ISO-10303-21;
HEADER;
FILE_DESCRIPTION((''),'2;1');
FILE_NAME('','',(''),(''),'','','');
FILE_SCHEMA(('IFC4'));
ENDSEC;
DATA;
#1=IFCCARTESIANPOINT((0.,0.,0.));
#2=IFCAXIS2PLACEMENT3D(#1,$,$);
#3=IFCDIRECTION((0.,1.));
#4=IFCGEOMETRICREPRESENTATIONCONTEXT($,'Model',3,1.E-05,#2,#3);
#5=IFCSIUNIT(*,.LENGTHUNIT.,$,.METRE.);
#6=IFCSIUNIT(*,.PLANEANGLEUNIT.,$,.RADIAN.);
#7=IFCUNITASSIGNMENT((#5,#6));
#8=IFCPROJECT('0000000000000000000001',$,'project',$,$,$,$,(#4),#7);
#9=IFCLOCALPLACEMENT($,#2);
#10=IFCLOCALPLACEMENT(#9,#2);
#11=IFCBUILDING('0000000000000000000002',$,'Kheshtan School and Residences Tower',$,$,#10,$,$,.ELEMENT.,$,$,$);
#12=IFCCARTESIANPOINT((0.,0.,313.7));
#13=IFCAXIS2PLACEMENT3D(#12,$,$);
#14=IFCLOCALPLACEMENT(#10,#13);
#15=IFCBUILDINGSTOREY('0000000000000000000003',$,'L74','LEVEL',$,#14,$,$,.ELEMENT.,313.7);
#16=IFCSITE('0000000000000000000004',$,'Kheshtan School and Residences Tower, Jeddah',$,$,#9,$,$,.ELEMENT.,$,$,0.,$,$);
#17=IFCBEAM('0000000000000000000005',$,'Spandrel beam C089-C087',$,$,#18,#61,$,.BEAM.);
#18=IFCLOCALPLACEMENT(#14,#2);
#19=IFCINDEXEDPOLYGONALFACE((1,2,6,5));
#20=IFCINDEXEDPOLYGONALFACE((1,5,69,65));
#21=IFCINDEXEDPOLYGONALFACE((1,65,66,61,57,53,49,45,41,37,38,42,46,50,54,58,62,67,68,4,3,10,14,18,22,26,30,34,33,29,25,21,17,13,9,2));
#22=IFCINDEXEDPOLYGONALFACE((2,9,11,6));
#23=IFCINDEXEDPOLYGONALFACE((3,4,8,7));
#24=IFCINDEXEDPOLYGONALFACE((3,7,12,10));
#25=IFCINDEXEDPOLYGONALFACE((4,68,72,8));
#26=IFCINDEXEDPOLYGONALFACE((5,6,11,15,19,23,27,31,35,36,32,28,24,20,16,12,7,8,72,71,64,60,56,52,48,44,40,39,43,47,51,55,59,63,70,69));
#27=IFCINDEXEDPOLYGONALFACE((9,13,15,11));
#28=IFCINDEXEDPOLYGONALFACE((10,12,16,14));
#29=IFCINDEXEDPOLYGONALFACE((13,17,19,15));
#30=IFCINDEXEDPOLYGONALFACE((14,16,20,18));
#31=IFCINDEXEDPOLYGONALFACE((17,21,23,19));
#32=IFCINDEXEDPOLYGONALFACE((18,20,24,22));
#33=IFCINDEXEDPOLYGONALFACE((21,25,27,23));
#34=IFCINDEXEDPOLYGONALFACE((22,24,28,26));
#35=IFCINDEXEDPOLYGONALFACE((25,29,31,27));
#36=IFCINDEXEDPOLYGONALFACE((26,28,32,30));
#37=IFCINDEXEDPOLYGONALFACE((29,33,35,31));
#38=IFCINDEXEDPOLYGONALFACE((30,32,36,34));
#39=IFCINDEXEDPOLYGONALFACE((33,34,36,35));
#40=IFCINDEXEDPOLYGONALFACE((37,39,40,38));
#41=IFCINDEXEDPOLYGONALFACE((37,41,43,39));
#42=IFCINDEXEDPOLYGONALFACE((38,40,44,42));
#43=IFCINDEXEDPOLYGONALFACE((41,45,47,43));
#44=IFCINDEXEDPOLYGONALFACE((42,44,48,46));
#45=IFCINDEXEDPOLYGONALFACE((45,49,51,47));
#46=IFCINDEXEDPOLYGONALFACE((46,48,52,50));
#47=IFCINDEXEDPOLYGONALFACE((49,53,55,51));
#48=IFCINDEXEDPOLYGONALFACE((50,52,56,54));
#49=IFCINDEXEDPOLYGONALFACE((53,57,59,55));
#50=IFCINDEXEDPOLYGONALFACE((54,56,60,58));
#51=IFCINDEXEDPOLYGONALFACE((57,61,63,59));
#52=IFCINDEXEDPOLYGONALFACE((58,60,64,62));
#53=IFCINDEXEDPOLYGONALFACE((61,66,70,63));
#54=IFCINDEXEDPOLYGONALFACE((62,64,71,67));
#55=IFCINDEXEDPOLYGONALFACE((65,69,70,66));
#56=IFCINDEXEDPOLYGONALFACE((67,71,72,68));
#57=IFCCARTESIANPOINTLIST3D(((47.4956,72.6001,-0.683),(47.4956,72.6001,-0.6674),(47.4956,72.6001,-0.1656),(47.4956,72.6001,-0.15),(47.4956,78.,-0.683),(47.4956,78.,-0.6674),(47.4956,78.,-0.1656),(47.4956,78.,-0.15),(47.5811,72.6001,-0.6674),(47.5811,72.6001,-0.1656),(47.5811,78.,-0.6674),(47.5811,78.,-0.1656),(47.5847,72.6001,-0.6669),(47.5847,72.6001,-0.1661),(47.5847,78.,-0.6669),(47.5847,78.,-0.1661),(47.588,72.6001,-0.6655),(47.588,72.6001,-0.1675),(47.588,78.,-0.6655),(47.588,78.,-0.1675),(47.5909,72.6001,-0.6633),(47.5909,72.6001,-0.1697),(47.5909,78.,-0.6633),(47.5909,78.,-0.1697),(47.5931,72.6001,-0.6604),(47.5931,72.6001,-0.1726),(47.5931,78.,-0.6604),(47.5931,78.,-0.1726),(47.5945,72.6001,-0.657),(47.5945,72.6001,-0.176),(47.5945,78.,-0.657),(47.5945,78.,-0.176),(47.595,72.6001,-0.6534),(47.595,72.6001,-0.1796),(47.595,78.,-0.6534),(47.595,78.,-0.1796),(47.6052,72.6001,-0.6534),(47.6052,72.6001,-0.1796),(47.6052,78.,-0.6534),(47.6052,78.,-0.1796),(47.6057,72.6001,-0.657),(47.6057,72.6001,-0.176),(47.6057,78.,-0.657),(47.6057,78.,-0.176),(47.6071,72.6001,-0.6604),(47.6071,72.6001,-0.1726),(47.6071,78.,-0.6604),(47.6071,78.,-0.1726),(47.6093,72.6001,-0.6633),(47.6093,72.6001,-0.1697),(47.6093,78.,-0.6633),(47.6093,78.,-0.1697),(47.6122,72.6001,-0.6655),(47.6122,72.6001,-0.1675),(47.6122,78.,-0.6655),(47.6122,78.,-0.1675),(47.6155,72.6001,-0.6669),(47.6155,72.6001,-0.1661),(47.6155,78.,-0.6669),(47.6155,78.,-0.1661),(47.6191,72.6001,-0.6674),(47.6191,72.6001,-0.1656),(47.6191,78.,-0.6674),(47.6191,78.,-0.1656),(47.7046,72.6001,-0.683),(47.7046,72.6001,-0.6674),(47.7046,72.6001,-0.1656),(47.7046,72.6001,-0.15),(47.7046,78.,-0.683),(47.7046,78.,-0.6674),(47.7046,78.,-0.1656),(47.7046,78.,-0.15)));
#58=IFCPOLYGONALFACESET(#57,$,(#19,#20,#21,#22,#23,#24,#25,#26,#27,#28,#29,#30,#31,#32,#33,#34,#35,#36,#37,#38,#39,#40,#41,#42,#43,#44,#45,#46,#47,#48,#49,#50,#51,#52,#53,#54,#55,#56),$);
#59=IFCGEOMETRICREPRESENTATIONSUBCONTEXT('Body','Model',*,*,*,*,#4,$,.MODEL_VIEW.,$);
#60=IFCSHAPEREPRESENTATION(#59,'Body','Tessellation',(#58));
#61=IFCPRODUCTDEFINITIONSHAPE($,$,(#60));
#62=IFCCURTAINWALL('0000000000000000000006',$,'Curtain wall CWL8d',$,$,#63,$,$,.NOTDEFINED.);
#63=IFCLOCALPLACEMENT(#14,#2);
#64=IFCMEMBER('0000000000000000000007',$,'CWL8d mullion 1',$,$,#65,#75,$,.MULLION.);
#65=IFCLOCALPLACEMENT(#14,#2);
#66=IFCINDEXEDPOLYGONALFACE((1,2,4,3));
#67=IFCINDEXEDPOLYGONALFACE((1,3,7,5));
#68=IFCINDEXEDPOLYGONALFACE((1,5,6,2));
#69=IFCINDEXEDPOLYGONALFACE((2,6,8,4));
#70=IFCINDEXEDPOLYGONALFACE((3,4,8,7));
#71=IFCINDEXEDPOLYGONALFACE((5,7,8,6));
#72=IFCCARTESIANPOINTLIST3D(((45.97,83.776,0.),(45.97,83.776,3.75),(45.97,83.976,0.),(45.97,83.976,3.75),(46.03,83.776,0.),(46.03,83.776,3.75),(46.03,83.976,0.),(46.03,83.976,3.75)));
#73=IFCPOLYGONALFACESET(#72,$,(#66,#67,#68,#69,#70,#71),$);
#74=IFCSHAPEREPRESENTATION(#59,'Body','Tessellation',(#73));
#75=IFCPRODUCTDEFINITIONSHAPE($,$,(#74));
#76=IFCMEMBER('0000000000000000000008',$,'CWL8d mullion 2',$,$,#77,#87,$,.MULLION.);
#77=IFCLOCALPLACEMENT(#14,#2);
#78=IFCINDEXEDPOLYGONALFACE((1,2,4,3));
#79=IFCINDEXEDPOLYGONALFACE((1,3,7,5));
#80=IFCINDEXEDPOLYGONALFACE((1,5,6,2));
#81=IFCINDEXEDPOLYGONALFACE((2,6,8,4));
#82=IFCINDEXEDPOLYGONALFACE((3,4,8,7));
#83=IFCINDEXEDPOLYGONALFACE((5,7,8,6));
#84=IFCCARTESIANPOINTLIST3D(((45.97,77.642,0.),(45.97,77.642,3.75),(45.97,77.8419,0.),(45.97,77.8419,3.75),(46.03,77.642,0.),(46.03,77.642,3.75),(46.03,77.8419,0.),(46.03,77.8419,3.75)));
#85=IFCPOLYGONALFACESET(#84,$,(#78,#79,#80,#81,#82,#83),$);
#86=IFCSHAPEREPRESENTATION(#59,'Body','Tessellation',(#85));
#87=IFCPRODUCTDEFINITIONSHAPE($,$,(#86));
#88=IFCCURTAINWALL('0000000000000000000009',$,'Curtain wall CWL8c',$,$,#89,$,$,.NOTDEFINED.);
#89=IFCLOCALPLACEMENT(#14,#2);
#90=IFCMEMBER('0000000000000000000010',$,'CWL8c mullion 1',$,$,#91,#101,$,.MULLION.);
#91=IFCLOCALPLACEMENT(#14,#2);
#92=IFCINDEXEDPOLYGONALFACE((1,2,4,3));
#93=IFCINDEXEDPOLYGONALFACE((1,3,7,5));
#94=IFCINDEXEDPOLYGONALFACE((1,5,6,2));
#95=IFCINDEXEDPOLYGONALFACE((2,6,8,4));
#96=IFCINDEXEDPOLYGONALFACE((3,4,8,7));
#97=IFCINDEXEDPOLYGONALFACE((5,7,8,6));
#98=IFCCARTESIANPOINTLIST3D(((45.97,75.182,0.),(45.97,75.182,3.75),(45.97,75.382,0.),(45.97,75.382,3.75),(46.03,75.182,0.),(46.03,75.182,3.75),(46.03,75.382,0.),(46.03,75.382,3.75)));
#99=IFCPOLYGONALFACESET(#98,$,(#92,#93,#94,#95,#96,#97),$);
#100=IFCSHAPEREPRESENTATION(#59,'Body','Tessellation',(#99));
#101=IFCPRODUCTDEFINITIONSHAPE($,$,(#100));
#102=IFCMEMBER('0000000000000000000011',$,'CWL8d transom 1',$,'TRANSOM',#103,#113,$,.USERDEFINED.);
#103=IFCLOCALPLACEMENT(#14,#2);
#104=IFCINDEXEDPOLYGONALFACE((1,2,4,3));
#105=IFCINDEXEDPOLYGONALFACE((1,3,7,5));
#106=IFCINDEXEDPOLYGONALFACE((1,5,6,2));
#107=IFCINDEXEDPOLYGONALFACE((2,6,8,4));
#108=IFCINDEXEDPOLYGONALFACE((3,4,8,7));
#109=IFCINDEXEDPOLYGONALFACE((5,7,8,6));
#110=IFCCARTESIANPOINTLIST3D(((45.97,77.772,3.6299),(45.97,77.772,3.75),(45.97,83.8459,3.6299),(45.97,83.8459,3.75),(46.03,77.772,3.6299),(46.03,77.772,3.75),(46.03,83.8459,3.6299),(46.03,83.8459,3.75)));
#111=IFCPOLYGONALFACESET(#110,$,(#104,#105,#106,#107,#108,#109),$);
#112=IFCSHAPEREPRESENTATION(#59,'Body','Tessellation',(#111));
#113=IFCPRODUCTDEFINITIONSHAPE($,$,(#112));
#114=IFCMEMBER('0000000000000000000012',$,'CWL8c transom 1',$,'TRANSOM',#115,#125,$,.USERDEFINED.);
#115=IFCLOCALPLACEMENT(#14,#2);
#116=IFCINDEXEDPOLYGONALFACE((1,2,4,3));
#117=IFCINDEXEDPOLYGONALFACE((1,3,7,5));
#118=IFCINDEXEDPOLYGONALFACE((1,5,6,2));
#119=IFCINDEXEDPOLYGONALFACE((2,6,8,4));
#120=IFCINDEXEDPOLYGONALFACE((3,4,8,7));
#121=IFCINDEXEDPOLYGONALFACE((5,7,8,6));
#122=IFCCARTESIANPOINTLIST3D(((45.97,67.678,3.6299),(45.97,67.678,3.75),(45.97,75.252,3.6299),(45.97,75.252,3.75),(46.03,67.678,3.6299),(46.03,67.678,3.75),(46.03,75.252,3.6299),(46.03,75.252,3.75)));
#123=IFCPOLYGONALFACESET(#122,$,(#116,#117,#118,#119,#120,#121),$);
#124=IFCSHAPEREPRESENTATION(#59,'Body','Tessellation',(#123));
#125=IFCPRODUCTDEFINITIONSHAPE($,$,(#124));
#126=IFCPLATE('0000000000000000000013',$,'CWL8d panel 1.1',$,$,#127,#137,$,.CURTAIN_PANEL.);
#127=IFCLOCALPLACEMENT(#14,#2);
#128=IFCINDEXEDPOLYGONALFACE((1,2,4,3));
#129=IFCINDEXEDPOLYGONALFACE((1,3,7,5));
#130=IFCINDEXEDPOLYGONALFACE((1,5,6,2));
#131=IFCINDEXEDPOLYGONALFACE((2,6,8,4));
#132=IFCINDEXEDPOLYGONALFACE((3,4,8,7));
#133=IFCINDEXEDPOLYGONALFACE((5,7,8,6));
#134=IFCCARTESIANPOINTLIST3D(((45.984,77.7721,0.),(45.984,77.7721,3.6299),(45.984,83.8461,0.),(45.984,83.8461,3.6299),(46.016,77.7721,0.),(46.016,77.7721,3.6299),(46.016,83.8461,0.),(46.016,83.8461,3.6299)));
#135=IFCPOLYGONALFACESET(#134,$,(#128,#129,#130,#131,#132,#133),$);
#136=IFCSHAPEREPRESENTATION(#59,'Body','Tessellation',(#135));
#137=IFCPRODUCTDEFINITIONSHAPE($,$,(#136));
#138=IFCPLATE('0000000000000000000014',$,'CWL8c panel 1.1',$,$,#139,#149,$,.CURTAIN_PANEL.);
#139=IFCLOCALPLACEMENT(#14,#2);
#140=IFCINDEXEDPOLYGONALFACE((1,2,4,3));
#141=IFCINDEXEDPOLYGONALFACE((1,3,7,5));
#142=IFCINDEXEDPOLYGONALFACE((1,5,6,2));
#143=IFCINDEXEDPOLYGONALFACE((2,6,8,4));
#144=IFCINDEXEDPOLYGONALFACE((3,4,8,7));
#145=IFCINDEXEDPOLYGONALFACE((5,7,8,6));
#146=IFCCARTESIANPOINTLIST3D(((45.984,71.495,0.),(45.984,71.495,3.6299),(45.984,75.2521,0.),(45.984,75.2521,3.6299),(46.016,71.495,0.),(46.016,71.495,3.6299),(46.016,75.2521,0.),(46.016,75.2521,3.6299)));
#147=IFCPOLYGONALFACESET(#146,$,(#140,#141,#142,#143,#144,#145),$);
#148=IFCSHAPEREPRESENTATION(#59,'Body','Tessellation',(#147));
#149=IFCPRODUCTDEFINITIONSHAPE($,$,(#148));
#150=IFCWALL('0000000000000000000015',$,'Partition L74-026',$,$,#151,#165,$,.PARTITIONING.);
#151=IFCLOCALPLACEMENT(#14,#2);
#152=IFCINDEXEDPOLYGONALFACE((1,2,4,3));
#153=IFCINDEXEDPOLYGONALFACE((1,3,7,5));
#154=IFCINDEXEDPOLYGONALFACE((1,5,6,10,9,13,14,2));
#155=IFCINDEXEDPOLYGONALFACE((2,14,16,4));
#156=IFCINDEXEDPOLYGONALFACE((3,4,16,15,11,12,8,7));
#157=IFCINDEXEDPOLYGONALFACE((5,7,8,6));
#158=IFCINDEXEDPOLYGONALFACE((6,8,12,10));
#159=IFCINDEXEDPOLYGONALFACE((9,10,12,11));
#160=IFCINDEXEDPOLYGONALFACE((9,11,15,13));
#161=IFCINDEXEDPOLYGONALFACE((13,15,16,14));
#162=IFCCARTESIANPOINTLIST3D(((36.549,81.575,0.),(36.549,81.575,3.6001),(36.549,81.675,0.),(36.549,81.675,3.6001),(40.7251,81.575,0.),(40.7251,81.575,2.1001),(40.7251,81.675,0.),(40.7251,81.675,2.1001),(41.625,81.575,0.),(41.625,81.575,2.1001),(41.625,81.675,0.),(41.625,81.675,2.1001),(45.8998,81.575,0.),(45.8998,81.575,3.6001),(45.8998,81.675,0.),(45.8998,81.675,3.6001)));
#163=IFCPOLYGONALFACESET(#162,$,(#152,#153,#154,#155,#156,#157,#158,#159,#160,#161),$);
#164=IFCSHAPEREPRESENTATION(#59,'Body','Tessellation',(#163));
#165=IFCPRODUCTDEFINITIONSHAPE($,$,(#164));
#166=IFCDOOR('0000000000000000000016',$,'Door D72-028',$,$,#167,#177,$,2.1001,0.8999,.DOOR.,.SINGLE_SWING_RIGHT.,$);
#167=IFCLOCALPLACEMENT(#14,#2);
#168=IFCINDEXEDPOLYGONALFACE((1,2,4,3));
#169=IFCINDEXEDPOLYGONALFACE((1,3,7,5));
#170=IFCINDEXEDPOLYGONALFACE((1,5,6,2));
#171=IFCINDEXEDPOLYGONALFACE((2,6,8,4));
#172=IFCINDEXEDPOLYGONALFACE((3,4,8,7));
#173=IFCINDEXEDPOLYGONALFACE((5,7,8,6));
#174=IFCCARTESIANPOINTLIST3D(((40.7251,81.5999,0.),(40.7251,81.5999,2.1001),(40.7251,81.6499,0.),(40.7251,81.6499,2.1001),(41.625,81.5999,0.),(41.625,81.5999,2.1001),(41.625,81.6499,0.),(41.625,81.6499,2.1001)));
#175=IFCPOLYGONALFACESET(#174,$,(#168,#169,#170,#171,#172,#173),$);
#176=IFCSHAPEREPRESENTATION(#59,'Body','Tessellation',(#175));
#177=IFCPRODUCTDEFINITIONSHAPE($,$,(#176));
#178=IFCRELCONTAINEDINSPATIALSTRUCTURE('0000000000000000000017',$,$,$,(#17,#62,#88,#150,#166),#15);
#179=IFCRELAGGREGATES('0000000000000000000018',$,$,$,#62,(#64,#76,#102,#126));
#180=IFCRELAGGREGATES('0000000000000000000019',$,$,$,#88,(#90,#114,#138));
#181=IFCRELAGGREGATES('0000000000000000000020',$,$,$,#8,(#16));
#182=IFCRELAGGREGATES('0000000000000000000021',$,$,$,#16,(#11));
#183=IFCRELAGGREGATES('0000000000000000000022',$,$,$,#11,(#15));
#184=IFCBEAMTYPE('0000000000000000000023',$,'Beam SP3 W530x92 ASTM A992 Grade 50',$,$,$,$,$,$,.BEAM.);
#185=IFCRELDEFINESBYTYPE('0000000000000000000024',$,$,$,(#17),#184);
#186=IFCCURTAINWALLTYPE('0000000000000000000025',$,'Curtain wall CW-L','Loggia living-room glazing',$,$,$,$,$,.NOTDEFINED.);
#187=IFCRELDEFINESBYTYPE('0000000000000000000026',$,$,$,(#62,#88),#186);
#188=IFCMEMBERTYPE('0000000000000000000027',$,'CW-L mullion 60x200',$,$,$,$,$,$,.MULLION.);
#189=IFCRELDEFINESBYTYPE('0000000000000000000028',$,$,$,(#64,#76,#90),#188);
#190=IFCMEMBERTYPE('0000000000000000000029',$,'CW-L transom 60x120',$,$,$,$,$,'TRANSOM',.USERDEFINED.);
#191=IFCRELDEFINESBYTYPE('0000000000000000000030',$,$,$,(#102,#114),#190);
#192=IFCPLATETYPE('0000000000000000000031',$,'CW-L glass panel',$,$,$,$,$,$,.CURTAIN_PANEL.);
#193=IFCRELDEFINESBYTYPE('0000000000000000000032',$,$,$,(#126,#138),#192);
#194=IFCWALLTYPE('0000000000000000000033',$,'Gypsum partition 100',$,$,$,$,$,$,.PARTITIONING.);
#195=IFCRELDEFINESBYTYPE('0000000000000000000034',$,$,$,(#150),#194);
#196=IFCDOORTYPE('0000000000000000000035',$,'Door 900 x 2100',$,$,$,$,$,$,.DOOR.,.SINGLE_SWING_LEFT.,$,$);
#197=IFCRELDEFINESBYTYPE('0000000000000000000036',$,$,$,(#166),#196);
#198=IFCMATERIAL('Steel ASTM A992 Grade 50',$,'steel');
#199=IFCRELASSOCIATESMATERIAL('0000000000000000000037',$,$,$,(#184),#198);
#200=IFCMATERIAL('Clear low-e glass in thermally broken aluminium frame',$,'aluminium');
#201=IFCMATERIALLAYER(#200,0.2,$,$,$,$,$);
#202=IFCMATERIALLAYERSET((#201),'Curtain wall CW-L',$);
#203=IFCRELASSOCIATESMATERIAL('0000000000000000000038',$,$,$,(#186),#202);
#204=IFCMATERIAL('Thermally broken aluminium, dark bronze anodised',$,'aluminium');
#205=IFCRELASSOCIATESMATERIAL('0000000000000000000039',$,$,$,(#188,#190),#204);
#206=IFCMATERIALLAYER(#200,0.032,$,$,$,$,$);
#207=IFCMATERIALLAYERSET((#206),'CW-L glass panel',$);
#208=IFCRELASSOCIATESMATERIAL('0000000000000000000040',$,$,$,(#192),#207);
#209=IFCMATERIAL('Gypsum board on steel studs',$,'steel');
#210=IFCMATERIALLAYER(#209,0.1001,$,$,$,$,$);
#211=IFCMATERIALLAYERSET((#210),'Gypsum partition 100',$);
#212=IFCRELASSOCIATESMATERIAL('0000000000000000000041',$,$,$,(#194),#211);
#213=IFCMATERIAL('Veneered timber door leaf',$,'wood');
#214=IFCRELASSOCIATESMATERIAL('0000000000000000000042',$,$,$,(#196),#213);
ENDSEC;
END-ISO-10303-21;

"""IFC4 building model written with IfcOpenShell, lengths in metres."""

from ifc_helpers import new_model, si_unit, direction, frame, frame_2d, origin, origin_2d, place, context, subcontext, project, spatial, rectangle, i_section, extrude, source, transform, mapped, material, layer, layer_set, material_profile, profile_set, type_object, element, fill, aggregate, save


model = new_model("IFC4")

# Units and contexts
model_context = context("Model", 3, precision=1e-05, world=origin(), true_north=direction((0.0, 1.0)))
body_context = subcontext(model_context, "Body", "Model", "MODEL_VIEW")
ifc_project = project(units=[si_unit("LENGTHUNIT", "METRE"), si_unit("PLANEANGLEUNIT", "RADIAN")], contexts=[model_context])

# Site, building, storey
site_placement = place(None, origin())
site = spatial("IfcSite", under=ifc_project, at=site_placement, Name="Kheshtan School and Residences Tower, Jeddah", CompositionType="ELEMENT", RefElevation=0.0)
building_placement = place(site_placement, origin())
building = spatial("IfcBuilding", under=site, at=building_placement, Name="Kheshtan School and Residences Tower", CompositionType="ELEMENT")
storey_placement = place(building_placement, frame((0.0, 0.0, 313.7)))
storey = spatial("IfcBuildingStorey", under=building, at=storey_placement, Name="L74", Description="LEVEL", CompositionType="ELEMENT", Elevation=313.7)

# Shared definitions
ifc_material_1 = material(Name="Steel ASTM A992 Grade 50", Category="steel")

# Beam
ifc_material_profile_1 = material_profile(ifc_material_1, i_section(OverallWidth=0.209, OverallDepth=0.533, WebThickness=0.0103, FlangeThickness=0.0156, FilletRadius=0.0139, at=origin_2d()), Name="W530x92")
ifc_profile_set_1 = profile_set([ifc_material_profile_1], Name="Steel ASTM A992 Grade 50")
beam_type_1 = type_object("IfcBeamType", Name="Beam SP3 W530x92 ASTM A992 Grade 50", PredefinedType="BEAM", material=ifc_profile_set_1)
for number, where, z_axis, x_axis, name in (
    (1, (47.6001, 78.0, -0.4165), (0.0, -1.0, 0.0), (1.0, 0.0, 0.0), "Spandrel beam C089-C087"),
):
    element("IfcBeam", number, at=place(storey_placement, frame(where, z_axis=z_axis, x_axis=x_axis)), inside=storey, type_object=beam_type_1, Name=name, PredefinedType="BEAM", context=body_context, shape_type="SweptSolid", body=[
        extrude(i_section(OverallWidth=0.209, OverallDepth=0.533, WebThickness=0.0103, FlangeThickness=0.0156, FilletRadius=0.0139, at=origin_2d()), origin(), (0.0, 0.0, 1.0), 5.3999),
    ])

# Curtain wall, members
ifc_material_2 = material(Name="Clear low-e glass in thermally broken aluminium frame", Category="aluminium")
ifc_layer_1 = layer(ifc_material_2, 0.2)
ifc_layer_set_1 = layer_set([ifc_layer_1], Name="Curtain wall CW-L")
curtain_wall_type = type_object("IfcCurtainWallType", Name="Curtain wall CW-L", Description="Loggia living-room glazing", PredefinedType="NOTDEFINED", material=ifc_layer_set_1)
curtain_wall_1_placement = place(storey_placement, origin())
curtain_wall_1 = element("IfcCurtainWall", 2, at=curtain_wall_1_placement, inside=storey, type_object=curtain_wall_type, Name="Curtain wall CWL8d", PredefinedType="NOTDEFINED")
ifc_material_3 = material(Name="Thermally broken aluminium, dark bronze anodised", Category="aluminium")
ifc_material_profile_2 = material_profile(ifc_material_3, rectangle(XDim=0.0601, YDim=0.2, at=origin_2d()), Name="CW-L mullion 60x200")
ifc_profile_set_2 = profile_set([ifc_material_profile_2], Name="Thermally broken aluminium, dark bronze anodised")
member_type_1 = type_object("IfcMemberType", Name="CW-L mullion 60x200", PredefinedType="MULLION", material=ifc_profile_set_2)
member_1_placement = place(storey_placement, frame((46.0, 83.876, 0.0), z_axis=(0.0, 0.0, 1.0), x_axis=(1.0, 0.0, 0.0)))
member_1 = element("IfcMember", 3, at=member_1_placement, type_object=member_type_1, Name="CWL8d mullion 1", PredefinedType="MULLION", context=body_context, shape_type="SweptSolid", body=[
    extrude(rectangle(XDim=0.0601, YDim=0.2, at=origin_2d()), origin(), (0.0, 0.0, 1.0), 3.75),
])
member_2_placement = place(storey_placement, frame((46.0, 77.7419, 0.0), z_axis=(0.0, 0.0, 1.0), x_axis=(1.0, 0.0, 0.0)))
member_2 = element("IfcMember", 4, at=member_2_placement, type_object=member_type_1, Name="CWL8d mullion 2", PredefinedType="MULLION", context=body_context, shape_type="SweptSolid", body=[
    extrude(rectangle(XDim=0.0601, YDim=0.2, at=origin_2d()), origin(), (0.0, 0.0, 1.0), 3.75),
])

# Curtain wall, member
curtain_wall_2_placement = place(storey_placement, origin())
curtain_wall_2 = element("IfcCurtainWall", 5, at=curtain_wall_2_placement, inside=storey, type_object=curtain_wall_type, Name="Curtain wall CWL8c", PredefinedType="NOTDEFINED")
member_3_placement = place(storey_placement, frame((46.0, 75.282, 0.0), z_axis=(0.0, 0.0, 1.0), x_axis=(1.0, 0.0, 0.0)))
member_3 = element("IfcMember", 6, at=member_3_placement, type_object=member_type_1, Name="CWL8c mullion 1", PredefinedType="MULLION", context=body_context, shape_type="SweptSolid", body=[
    extrude(rectangle(XDim=0.0601, YDim=0.2, at=origin_2d()), origin(), (0.0, 0.0, 1.0), 3.75),
])

# Members
ifc_material_profile_3 = material_profile(ifc_material_3, rectangle(XDim=0.0601, YDim=0.1201, at=origin_2d()), Name="CW-L transom 60x120")
ifc_profile_set_3 = profile_set([ifc_material_profile_3], Name="Thermally broken aluminium, dark bronze anodised")
member_type_2 = type_object("IfcMemberType", Name="CW-L transom 60x120", ElementType="TRANSOM", PredefinedType="USERDEFINED", material=ifc_profile_set_3)
member_4_placement = place(storey_placement, frame((46.0, 83.8459, 3.6899), z_axis=(0.0, -1.0, 0.0), x_axis=(1.0, 0.0, 0.0)))
member_4 = element("IfcMember", 7, at=member_4_placement, type_object=member_type_2, Name="CWL8d transom 1", ObjectType="TRANSOM", PredefinedType="USERDEFINED", context=body_context, shape_type="SweptSolid", body=[
    extrude(rectangle(XDim=0.0601, YDim=0.1201, at=origin_2d()), origin(), (0.0, 0.0, 1.0), 6.074),
])
member_5_placement = place(storey_placement, frame((46.0, 75.252, 3.6899), z_axis=(0.0, -1.0, 0.0), x_axis=(1.0, 0.0, 0.0)))
member_5 = element("IfcMember", 8, at=member_5_placement, type_object=member_type_2, Name="CWL8c transom 1", ObjectType="TRANSOM", PredefinedType="USERDEFINED", context=body_context, shape_type="SweptSolid", body=[
    extrude(rectangle(XDim=0.0601, YDim=0.1201, at=origin_2d()), origin(), (0.0, 0.0, 1.0), 7.574),
])

# Plates
ifc_layer_2 = layer(ifc_material_2, 0.032)
ifc_layer_set_2 = layer_set([ifc_layer_2], Name="CW-L glass panel")
plate_type = type_object("IfcPlateType", Name="CW-L glass panel", PredefinedType="CURTAIN_PANEL", material=ifc_layer_set_2)
plate_1_placement = place(storey_placement, frame((46.0, 80.8091, 0.0), z_axis=(0.0, 0.0, 1.0), x_axis=(0.0, -1.0, 0.0)))
plate_1 = element("IfcPlate", 9, at=plate_1_placement, type_object=plate_type, Name="CWL8d panel 1.1", PredefinedType="CURTAIN_PANEL", context=body_context, shape_type="SweptSolid", body=[
    extrude(rectangle(XDim=6.074, YDim=0.032, at=origin_2d()), origin(), (0.0, 0.0, 1.0), 3.6299),
])
aggregate(curtain_wall_1, [member_1, member_2, member_4, plate_1])
plate_2_placement = place(storey_placement, frame((46.0, 73.3735, 0.0), z_axis=(0.0, 0.0, 1.0), x_axis=(0.0, -1.0, 0.0)))
plate_2 = element("IfcPlate", 10, at=plate_2_placement, type_object=plate_type, Name="CWL8c panel 1.1", PredefinedType="CURTAIN_PANEL", context=body_context, shape_type="SweptSolid", body=[
    extrude(rectangle(XDim=3.7571, YDim=0.032, at=origin_2d()), origin(), (0.0, 0.0, 1.0), 3.6299),
])
aggregate(curtain_wall_2, [member_3, member_5, plate_2])

# Wall, opening, door
ifc_material_4 = material(Name="Gypsum board on steel studs", Category="steel")
ifc_layer_3 = layer(ifc_material_4, 0.1001)
ifc_layer_set_3 = layer_set([ifc_layer_3], Name="Gypsum partition 100")
wall_type_1 = type_object("IfcWallType", Name="Gypsum partition 100", PredefinedType="PARTITIONING", material=ifc_layer_set_3)
wall_1_placement = place(storey_placement, frame((36.5491, 81.625, 0.0), z_axis=(0.0, 0.0, 1.0), x_axis=(1.0, 0.0, 0.0)))
wall_1 = element("IfcWall", 11, at=wall_1_placement, inside=storey, type_object=wall_type_1, Name="Partition L74-026", PredefinedType="PARTITIONING", context=body_context, shape_type="SweptSolid", body=[
    extrude(rectangle(XDim=9.3508, YDim=0.1001, at=frame_2d((4.6753, 0.0))), origin(), (0.0, 0.0, 1.0), 3.6001),
])
opening_1_placement = place(wall_1_placement, frame((4.176, 0.0, 0.0)))
opening_1 = element("IfcOpeningElement", 12, at=opening_1_placement, cuts=wall_1, PredefinedType="OPENING", context=body_context, shape_type="SweptSolid", body=[
    extrude(rectangle(XDim=0.8999, YDim=2.1001, at=frame_2d((0.45, 1.05))), frame((0.0, 0.0601, 0.0), z_axis=(0.0, -1.0, 0.0), x_axis=(1.0, 0.0, 0.0)), (0.0, 0.0, 1.0), 0.1201),
])
ifc_material_5 = material(Name="Veneered timber door leaf", Category="wood")
door_type_1 = type_object("IfcDoorType", Name="Door 900 x 2100", OperationType="SINGLE_SWING_LEFT", PredefinedType="DOOR", material=ifc_material_5)
shared_shape_1 = source(origin(), body_context, "Body", "SweptSolid", [
    extrude(rectangle(XDim=0.8999, YDim=2.1001, at=frame_2d((0.45, 1.05))), frame((0.0, 0.0249, 0.0), z_axis=(0.0, -1.0, 0.0), x_axis=(1.0, 0.0, 0.0)), (0.0, 0.0, 1.0), 0.05),
])
door_1_placement = place(opening_1_placement, origin())
door_1 = element("IfcDoor", 13, at=door_1_placement, inside=storey, type_object=door_type_1, Name="Door D72-028", OperationType="SINGLE_SWING_RIGHT", OverallHeight=2.1001, OverallWidth=0.8999, PredefinedType="DOOR", context=body_context, shape_type="MappedRepresentation", body=[
    mapped(shared_shape_1, transform((0.0, 0.0, 0.0), x_axis=(1.0, 0.0, 0.0), y_axis=(0.0, 1.0, 0.0), z_axis=(0.0, 0.0, 1.0), scale=1.0)),
])
fill(opening_1, door_1)

save(model, "model.ifc")
